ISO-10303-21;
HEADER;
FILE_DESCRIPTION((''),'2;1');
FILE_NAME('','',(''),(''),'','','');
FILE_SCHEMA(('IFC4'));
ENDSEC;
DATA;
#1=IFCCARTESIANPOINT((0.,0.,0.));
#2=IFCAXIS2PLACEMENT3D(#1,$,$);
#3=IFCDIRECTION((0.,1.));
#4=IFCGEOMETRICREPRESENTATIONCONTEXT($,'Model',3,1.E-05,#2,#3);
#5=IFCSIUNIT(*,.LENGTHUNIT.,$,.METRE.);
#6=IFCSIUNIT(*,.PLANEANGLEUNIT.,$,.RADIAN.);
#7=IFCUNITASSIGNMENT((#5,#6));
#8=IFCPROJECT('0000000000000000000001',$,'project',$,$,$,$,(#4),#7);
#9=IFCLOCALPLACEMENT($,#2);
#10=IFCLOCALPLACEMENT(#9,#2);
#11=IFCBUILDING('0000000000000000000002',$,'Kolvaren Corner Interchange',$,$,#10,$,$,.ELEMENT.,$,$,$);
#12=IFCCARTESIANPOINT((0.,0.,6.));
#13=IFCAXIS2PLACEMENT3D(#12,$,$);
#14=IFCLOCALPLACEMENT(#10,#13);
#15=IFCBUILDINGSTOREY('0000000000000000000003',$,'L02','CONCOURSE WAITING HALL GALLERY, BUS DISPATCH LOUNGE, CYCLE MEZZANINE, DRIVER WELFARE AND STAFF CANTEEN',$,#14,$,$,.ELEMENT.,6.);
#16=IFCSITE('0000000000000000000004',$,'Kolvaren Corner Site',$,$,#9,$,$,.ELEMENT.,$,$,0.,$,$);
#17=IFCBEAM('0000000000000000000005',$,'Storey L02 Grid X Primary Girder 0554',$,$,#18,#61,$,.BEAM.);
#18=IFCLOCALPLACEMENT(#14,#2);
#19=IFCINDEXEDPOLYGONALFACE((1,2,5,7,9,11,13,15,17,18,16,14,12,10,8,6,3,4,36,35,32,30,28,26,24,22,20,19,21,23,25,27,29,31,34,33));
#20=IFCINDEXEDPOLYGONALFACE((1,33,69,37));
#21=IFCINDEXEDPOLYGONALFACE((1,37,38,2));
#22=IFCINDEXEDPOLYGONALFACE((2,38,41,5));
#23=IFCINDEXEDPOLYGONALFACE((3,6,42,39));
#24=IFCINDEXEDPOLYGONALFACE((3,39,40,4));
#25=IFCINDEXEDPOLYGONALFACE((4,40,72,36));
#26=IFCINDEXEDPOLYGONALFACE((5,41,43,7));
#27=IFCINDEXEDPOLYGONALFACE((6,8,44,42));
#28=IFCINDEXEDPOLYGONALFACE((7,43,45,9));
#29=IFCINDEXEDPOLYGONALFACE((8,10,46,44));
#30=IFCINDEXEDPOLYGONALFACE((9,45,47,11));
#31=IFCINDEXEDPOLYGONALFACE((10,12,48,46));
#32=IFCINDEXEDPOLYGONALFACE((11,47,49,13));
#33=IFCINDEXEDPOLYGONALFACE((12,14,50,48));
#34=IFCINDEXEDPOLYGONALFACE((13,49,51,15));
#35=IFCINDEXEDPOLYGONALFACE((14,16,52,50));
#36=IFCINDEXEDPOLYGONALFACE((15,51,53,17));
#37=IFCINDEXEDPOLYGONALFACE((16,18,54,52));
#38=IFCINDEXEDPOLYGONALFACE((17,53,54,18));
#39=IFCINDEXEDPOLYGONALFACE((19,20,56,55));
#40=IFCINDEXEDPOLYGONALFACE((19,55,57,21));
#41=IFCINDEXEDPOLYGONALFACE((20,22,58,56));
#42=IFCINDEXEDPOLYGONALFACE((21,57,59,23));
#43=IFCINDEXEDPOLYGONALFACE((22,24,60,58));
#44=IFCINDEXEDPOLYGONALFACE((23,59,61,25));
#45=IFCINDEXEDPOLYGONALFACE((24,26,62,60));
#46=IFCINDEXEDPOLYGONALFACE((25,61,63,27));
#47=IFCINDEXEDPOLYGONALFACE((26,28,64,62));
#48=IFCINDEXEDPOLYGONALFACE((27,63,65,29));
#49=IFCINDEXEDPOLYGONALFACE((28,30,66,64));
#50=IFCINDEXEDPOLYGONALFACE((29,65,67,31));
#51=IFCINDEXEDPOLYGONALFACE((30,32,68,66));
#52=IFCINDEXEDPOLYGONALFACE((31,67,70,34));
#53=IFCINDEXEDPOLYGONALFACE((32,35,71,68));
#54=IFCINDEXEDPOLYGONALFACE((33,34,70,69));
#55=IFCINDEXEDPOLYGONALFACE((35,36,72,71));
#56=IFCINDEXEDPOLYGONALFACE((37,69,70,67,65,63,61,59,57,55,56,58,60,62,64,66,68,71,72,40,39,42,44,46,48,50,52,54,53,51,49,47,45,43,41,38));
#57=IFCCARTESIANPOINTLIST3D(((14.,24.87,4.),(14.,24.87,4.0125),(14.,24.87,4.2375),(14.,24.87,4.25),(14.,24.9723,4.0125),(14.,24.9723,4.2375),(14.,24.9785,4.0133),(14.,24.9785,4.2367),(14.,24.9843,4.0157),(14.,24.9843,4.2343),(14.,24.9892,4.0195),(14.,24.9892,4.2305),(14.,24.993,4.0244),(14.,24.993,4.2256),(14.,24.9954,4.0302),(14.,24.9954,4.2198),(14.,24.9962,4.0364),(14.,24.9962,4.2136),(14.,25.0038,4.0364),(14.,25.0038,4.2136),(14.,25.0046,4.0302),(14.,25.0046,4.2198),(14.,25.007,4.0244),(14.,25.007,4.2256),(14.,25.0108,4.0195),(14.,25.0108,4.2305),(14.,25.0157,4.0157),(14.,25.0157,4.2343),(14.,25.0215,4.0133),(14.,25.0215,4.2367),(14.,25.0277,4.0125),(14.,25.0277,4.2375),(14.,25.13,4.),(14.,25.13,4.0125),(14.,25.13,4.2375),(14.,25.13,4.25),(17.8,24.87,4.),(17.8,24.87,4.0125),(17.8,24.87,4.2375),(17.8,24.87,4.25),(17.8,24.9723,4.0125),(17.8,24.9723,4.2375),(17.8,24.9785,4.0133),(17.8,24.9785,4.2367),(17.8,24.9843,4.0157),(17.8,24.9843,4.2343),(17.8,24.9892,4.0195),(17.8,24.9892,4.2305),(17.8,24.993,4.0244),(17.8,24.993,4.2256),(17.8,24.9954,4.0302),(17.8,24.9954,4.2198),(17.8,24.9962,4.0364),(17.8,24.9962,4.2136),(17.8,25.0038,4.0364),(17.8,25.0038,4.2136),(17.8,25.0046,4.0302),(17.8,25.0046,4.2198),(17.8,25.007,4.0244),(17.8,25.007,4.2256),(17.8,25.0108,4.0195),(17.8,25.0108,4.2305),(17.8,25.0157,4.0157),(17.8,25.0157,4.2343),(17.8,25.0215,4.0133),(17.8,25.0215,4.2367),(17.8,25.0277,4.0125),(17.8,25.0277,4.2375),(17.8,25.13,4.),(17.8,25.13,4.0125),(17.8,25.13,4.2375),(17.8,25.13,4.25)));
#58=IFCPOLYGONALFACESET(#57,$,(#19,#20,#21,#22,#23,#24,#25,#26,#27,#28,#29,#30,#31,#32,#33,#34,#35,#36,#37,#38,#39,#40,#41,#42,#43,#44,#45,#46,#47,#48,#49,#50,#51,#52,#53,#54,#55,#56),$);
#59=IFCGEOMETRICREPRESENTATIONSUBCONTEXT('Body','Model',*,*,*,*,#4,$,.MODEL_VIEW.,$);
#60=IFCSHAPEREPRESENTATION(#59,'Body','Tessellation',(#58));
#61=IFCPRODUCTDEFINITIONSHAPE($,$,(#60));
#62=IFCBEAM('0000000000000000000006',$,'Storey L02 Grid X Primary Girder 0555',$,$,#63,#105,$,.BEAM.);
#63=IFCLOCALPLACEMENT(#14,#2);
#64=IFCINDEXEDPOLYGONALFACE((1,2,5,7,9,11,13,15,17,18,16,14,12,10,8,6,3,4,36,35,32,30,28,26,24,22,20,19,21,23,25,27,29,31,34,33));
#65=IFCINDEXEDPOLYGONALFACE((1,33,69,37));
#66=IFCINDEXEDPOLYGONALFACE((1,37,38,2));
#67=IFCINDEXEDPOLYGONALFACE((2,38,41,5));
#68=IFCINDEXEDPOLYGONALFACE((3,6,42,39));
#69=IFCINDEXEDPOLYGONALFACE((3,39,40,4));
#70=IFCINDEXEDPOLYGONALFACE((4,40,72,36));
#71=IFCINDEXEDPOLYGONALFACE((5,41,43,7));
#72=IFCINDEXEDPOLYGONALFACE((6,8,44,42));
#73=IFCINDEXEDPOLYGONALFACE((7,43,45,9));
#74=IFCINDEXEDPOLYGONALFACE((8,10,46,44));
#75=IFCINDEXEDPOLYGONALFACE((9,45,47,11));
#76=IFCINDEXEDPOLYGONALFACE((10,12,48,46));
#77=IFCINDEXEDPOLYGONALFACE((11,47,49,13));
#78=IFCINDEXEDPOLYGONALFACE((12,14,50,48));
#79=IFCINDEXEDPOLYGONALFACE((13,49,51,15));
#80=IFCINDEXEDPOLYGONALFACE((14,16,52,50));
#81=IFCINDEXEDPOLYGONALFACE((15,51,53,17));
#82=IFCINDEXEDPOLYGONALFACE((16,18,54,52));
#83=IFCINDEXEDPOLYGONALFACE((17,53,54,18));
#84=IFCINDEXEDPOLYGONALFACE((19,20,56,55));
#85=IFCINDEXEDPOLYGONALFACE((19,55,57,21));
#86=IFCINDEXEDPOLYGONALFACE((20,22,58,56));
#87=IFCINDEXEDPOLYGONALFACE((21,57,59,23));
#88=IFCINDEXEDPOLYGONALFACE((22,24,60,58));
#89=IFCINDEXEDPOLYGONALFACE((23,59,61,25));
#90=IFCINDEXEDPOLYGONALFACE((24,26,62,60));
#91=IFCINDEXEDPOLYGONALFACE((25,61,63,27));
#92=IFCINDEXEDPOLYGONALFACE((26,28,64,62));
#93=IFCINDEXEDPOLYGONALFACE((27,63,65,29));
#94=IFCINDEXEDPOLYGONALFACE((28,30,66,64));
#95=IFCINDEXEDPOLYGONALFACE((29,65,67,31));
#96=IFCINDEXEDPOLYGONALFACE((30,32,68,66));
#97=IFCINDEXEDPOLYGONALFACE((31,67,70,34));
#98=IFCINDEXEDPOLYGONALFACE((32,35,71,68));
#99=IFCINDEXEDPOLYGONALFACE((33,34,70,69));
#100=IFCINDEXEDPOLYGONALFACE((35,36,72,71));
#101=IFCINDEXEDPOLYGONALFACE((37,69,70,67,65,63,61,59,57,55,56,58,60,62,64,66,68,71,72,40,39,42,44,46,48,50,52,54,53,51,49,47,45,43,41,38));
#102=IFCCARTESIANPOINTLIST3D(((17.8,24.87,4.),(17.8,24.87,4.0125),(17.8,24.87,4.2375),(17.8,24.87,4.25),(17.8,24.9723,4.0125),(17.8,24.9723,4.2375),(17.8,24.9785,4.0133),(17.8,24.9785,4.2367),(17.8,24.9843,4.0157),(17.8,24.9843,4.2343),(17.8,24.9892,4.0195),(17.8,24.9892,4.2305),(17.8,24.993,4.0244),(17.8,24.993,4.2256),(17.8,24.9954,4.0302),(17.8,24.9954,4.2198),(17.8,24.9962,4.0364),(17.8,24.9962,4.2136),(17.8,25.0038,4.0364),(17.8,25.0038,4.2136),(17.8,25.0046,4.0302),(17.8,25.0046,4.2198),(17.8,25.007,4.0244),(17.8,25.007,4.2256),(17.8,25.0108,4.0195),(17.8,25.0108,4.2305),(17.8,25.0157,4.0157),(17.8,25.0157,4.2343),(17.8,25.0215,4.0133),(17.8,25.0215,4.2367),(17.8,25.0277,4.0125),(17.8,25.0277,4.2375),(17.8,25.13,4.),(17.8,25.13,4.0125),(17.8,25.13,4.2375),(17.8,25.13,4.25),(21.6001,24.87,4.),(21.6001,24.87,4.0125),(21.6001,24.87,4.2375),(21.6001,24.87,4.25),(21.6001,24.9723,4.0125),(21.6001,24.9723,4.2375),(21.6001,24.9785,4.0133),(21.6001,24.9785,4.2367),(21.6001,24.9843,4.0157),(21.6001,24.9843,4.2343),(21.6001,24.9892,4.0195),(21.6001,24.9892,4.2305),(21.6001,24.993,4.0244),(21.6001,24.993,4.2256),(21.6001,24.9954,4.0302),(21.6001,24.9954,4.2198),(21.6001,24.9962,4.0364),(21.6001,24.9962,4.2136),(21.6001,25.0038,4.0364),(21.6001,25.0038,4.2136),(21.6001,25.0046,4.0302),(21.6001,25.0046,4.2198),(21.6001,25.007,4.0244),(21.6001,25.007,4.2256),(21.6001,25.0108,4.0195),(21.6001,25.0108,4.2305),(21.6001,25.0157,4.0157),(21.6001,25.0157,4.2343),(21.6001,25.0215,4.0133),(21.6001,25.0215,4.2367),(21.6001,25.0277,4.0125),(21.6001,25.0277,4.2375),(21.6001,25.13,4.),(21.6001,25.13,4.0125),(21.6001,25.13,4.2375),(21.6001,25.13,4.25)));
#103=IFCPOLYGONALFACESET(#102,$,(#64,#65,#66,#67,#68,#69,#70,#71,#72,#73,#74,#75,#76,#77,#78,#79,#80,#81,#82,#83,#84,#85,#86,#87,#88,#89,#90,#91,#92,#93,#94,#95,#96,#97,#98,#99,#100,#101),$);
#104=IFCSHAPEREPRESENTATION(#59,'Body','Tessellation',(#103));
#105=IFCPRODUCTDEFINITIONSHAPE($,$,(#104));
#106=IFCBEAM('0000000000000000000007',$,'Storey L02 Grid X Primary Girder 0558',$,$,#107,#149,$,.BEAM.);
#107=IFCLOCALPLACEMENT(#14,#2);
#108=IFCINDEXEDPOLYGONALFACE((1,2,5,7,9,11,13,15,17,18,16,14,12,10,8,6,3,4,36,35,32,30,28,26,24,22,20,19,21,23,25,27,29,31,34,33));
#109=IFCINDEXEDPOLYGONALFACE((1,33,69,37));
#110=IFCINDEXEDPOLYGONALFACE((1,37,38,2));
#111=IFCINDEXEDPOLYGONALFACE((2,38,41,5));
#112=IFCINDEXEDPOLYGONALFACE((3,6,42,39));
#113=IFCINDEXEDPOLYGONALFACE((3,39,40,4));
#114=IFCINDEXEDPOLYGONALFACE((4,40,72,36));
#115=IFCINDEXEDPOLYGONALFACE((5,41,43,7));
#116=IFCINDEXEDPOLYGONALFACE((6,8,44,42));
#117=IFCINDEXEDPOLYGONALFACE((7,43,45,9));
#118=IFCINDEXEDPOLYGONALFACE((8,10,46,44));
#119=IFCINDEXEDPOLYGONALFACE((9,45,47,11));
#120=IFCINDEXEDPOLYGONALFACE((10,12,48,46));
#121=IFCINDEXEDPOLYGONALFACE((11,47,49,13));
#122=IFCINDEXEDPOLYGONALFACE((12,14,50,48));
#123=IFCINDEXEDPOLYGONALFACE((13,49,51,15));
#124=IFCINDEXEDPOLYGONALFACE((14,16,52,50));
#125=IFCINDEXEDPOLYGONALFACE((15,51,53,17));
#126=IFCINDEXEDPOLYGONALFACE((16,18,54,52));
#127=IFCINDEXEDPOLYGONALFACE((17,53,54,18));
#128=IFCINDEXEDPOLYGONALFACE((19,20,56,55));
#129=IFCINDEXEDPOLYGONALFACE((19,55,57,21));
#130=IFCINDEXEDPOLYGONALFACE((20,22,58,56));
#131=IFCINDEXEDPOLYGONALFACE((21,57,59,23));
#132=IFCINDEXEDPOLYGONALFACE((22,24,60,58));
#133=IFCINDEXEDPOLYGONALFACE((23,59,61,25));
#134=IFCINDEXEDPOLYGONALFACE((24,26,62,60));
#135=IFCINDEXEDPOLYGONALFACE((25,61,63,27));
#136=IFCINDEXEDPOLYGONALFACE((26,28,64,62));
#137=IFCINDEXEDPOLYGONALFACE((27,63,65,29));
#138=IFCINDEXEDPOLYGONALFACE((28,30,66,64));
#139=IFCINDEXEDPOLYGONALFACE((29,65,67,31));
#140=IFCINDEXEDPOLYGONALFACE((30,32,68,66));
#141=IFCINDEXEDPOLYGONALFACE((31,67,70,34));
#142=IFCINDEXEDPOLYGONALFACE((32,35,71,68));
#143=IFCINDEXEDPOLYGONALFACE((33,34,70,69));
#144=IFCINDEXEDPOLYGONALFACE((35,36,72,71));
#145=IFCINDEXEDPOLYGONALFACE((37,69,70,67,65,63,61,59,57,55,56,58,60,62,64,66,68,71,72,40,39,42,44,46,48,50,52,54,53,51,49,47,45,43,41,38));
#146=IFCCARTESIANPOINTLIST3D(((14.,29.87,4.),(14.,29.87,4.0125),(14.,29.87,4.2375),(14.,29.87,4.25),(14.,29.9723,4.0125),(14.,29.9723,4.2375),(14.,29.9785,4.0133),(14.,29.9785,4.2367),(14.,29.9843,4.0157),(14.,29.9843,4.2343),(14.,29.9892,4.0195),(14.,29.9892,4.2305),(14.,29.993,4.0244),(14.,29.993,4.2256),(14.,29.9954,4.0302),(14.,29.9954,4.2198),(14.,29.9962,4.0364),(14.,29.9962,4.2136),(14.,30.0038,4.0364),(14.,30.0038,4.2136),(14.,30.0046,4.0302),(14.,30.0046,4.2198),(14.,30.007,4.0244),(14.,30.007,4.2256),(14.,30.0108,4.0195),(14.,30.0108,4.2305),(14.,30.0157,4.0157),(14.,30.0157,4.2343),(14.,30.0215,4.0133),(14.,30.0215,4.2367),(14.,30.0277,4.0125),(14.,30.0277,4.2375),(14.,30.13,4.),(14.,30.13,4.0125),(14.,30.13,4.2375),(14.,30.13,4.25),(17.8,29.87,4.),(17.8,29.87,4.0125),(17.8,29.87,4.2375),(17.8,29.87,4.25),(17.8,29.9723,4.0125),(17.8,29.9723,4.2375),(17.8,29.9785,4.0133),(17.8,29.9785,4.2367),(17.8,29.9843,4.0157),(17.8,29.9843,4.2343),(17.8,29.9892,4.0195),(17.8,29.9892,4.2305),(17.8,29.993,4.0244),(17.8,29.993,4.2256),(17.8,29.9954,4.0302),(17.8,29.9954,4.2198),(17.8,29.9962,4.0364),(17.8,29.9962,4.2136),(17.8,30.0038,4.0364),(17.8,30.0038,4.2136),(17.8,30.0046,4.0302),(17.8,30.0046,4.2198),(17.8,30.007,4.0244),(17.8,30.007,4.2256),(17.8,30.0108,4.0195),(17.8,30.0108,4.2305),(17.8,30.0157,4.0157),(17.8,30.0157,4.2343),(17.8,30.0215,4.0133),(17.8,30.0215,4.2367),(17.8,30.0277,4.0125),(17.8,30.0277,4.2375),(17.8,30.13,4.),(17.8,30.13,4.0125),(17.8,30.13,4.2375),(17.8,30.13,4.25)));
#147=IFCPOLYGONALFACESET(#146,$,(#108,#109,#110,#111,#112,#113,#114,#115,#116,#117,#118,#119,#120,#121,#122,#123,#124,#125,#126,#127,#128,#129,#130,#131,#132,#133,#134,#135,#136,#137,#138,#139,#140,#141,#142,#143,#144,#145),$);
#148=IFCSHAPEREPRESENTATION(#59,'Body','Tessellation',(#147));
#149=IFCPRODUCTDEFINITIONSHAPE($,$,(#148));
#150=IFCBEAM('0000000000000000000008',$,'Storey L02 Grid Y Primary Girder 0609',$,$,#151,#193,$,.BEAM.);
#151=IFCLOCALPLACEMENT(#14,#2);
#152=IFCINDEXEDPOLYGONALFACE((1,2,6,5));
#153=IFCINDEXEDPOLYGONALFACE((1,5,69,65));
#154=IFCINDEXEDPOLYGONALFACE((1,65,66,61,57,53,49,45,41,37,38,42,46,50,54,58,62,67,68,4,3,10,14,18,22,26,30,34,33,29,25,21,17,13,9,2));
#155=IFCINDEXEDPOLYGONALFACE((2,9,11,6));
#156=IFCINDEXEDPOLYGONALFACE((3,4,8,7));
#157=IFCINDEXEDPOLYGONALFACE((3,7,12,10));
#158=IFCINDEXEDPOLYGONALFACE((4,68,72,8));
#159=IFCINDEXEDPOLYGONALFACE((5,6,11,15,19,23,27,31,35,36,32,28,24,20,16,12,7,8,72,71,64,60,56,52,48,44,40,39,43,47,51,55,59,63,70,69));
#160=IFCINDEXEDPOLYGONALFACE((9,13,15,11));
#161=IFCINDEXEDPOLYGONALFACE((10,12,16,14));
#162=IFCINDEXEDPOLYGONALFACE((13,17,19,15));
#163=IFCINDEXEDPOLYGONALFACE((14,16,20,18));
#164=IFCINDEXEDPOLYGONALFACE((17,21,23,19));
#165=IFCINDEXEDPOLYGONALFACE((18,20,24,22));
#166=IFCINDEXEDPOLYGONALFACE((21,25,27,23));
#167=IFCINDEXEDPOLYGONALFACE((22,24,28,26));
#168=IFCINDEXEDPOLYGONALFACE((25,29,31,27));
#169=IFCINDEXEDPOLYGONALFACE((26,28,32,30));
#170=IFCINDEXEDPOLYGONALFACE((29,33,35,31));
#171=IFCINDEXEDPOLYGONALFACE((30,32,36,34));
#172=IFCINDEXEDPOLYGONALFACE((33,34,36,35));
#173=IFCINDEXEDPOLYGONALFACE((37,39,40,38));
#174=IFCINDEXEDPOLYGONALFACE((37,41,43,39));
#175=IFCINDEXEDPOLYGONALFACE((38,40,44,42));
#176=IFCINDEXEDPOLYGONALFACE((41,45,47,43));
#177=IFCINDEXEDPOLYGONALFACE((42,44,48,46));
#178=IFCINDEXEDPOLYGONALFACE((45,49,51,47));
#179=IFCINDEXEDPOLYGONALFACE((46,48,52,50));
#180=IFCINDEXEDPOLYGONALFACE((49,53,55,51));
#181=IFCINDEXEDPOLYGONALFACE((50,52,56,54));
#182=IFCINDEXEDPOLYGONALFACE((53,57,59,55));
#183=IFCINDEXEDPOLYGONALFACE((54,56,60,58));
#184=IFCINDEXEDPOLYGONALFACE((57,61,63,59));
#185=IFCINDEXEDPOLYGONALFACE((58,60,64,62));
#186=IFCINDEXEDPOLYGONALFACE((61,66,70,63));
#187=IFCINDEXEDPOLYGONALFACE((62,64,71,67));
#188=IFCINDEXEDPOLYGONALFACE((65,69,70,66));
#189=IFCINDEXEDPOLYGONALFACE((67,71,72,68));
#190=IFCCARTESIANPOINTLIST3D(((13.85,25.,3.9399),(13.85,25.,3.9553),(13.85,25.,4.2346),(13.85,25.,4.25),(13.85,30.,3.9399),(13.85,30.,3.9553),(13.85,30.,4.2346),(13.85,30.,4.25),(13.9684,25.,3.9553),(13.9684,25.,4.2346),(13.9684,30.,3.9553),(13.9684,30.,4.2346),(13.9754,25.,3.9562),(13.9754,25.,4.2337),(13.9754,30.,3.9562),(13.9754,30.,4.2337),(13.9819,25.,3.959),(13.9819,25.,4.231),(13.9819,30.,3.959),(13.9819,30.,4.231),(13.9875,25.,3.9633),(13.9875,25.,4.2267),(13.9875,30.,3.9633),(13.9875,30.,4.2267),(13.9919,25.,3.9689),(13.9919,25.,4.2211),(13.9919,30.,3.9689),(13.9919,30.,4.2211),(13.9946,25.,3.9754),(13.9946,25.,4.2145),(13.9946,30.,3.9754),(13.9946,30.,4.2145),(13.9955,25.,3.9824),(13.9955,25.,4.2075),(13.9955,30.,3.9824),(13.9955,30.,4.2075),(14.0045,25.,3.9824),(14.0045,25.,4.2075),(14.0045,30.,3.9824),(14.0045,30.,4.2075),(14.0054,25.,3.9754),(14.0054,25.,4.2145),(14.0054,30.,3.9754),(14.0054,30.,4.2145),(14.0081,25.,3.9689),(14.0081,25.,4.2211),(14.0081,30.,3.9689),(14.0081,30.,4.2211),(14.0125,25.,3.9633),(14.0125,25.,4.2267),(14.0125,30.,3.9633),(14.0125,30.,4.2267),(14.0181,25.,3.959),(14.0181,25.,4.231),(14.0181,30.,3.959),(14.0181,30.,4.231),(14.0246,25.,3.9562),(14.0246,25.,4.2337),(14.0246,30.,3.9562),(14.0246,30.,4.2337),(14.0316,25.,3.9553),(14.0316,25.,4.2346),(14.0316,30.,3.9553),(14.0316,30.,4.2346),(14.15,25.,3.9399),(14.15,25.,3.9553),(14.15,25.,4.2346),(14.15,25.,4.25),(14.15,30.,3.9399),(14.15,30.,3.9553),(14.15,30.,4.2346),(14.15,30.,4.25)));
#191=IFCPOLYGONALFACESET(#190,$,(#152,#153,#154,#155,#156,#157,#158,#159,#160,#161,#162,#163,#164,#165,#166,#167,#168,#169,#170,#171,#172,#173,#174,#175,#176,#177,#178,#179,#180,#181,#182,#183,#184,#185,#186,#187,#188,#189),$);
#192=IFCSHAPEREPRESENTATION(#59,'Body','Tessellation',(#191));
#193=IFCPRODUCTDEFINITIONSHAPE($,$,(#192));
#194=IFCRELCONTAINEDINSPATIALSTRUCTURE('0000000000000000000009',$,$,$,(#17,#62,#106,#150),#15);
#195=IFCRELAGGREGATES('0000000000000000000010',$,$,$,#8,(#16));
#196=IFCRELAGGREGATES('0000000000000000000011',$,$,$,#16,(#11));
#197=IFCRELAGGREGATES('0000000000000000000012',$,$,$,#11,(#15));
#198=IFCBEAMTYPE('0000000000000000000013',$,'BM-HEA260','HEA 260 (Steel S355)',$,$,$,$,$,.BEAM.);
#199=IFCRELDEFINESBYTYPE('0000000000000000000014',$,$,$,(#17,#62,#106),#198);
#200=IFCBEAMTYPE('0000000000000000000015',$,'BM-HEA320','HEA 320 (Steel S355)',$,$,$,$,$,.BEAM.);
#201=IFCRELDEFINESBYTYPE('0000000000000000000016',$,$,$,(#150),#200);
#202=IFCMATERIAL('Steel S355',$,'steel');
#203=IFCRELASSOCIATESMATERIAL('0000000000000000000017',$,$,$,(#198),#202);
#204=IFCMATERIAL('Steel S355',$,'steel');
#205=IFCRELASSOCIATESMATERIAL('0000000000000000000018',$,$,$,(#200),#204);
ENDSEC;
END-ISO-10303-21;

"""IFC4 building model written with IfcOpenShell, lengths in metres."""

from ifc_helpers import new_model, si_unit, direction, frame, origin, origin_2d, place, context, subcontext, project, spatial, i_section, extrude, material, material_profile, profile_set, type_object, element, save


model = new_model("IFC4")

# Units and contexts
model_context = context("Model", 3, precision=1e-05, world=origin(), true_north=direction((0.0, 1.0)))
body_context = subcontext(model_context, "Body", "Model", "MODEL_VIEW")
ifc_project = project(units=[si_unit("LENGTHUNIT", "METRE"), si_unit("PLANEANGLEUNIT", "RADIAN")], contexts=[model_context])

# Site, building, storey
site_placement = place(None, origin())
site = spatial("IfcSite", under=ifc_project, at=site_placement, Name="Kolvaren Corner Site", CompositionType="ELEMENT", RefElevation=0.0)
building_placement = place(site_placement, origin())
building = spatial("IfcBuilding", under=site, at=building_placement, Name="Kolvaren Corner Interchange", CompositionType="ELEMENT")
storey_placement = place(building_placement, frame((0.0, 0.0, 6.0)))
storey = spatial("IfcBuildingStorey", under=building, at=storey_placement, Name="L02", Description="CONCOURSE WAITING HALL GALLERY, BUS DISPATCH LOUNGE, CYCLE MEZZANINE, DRIVER WELFARE AND STAFF CANTEEN", CompositionType="ELEMENT", Elevation=6.0)

# Beams
ifc_material_1 = material(Name="Steel S355", Category="steel")
ifc_material_profile_1 = material_profile(ifc_material_1, i_section(OverallWidth=0.26, OverallDepth=0.25, WebThickness=0.0076, FlangeThickness=0.0125, FilletRadius=0.0239, at=origin_2d()), Name="HEA 260")
ifc_profile_set_1 = profile_set([ifc_material_profile_1], Name="Steel S355")
beam_type_1 = type_object("IfcBeamType", Name="BM-HEA260", Description="HEA 260 (Steel S355)", PredefinedType="BEAM", material=ifc_profile_set_1)
for number, where, z_axis, x_axis, name in (
    (1, (14.0, 25.0, 4.125), (1.0, 0.0, 0.0), (0.0, 1.0, 0.0), "Storey L02 Grid X Primary Girder 0554"),
    (2, (17.8, 25.0, 4.125), (1.0, 0.0, 0.0), (0.0, 1.0, 0.0), "Storey L02 Grid X Primary Girder 0555"),
    (3, (14.0, 30.0, 4.125), (1.0, 0.0, 0.0), (0.0, 1.0, 0.0), "Storey L02 Grid X Primary Girder 0558"),
):
    element("IfcBeam", number, at=place(storey_placement, frame(where, z_axis=z_axis, x_axis=x_axis)), inside=storey, type_object=beam_type_1, Name=name, PredefinedType="BEAM", context=body_context, shape_type="SweptSolid", body=[
        extrude(i_section(OverallWidth=0.26, OverallDepth=0.25, WebThickness=0.0076, FlangeThickness=0.0125, FilletRadius=0.0239, at=origin_2d()), origin(), (0.0, 0.0, 1.0), 3.8),
    ])
ifc_material_2 = material(Name="Steel S355", Category="steel")
ifc_material_profile_2 = material_profile(ifc_material_2, i_section(OverallWidth=0.3, OverallDepth=0.3101, WebThickness=0.009, FlangeThickness=0.0154, FilletRadius=0.0271, at=origin_2d()), Name="HEA 320")
ifc_profile_set_2 = profile_set([ifc_material_profile_2], Name="Steel S355")
beam_type_2 = type_object("IfcBeamType", Name="BM-HEA320", Description="HEA 320 (Steel S355)", PredefinedType="BEAM", material=ifc_profile_set_2)
for number, where, z_axis, x_axis, name in (
    (4, (14.0, 25.0, 4.095), (0.0, 1.0, 0.0), (-1.0, 0.0, 0.0), "Storey L02 Grid Y Primary Girder 0609"),
):
    element("IfcBeam", number, at=place(storey_placement, frame(where, z_axis=z_axis, x_axis=x_axis)), inside=storey, type_object=beam_type_2, Name=name, PredefinedType="BEAM", context=body_context, shape_type="SweptSolid", body=[
        extrude(i_section(OverallWidth=0.3, OverallDepth=0.3101, WebThickness=0.009, FlangeThickness=0.0154, FilletRadius=0.0271, at=origin_2d()), origin(), (0.0, 0.0, 1.0), 5.0),
    ])

save(model, "model.ifc")
